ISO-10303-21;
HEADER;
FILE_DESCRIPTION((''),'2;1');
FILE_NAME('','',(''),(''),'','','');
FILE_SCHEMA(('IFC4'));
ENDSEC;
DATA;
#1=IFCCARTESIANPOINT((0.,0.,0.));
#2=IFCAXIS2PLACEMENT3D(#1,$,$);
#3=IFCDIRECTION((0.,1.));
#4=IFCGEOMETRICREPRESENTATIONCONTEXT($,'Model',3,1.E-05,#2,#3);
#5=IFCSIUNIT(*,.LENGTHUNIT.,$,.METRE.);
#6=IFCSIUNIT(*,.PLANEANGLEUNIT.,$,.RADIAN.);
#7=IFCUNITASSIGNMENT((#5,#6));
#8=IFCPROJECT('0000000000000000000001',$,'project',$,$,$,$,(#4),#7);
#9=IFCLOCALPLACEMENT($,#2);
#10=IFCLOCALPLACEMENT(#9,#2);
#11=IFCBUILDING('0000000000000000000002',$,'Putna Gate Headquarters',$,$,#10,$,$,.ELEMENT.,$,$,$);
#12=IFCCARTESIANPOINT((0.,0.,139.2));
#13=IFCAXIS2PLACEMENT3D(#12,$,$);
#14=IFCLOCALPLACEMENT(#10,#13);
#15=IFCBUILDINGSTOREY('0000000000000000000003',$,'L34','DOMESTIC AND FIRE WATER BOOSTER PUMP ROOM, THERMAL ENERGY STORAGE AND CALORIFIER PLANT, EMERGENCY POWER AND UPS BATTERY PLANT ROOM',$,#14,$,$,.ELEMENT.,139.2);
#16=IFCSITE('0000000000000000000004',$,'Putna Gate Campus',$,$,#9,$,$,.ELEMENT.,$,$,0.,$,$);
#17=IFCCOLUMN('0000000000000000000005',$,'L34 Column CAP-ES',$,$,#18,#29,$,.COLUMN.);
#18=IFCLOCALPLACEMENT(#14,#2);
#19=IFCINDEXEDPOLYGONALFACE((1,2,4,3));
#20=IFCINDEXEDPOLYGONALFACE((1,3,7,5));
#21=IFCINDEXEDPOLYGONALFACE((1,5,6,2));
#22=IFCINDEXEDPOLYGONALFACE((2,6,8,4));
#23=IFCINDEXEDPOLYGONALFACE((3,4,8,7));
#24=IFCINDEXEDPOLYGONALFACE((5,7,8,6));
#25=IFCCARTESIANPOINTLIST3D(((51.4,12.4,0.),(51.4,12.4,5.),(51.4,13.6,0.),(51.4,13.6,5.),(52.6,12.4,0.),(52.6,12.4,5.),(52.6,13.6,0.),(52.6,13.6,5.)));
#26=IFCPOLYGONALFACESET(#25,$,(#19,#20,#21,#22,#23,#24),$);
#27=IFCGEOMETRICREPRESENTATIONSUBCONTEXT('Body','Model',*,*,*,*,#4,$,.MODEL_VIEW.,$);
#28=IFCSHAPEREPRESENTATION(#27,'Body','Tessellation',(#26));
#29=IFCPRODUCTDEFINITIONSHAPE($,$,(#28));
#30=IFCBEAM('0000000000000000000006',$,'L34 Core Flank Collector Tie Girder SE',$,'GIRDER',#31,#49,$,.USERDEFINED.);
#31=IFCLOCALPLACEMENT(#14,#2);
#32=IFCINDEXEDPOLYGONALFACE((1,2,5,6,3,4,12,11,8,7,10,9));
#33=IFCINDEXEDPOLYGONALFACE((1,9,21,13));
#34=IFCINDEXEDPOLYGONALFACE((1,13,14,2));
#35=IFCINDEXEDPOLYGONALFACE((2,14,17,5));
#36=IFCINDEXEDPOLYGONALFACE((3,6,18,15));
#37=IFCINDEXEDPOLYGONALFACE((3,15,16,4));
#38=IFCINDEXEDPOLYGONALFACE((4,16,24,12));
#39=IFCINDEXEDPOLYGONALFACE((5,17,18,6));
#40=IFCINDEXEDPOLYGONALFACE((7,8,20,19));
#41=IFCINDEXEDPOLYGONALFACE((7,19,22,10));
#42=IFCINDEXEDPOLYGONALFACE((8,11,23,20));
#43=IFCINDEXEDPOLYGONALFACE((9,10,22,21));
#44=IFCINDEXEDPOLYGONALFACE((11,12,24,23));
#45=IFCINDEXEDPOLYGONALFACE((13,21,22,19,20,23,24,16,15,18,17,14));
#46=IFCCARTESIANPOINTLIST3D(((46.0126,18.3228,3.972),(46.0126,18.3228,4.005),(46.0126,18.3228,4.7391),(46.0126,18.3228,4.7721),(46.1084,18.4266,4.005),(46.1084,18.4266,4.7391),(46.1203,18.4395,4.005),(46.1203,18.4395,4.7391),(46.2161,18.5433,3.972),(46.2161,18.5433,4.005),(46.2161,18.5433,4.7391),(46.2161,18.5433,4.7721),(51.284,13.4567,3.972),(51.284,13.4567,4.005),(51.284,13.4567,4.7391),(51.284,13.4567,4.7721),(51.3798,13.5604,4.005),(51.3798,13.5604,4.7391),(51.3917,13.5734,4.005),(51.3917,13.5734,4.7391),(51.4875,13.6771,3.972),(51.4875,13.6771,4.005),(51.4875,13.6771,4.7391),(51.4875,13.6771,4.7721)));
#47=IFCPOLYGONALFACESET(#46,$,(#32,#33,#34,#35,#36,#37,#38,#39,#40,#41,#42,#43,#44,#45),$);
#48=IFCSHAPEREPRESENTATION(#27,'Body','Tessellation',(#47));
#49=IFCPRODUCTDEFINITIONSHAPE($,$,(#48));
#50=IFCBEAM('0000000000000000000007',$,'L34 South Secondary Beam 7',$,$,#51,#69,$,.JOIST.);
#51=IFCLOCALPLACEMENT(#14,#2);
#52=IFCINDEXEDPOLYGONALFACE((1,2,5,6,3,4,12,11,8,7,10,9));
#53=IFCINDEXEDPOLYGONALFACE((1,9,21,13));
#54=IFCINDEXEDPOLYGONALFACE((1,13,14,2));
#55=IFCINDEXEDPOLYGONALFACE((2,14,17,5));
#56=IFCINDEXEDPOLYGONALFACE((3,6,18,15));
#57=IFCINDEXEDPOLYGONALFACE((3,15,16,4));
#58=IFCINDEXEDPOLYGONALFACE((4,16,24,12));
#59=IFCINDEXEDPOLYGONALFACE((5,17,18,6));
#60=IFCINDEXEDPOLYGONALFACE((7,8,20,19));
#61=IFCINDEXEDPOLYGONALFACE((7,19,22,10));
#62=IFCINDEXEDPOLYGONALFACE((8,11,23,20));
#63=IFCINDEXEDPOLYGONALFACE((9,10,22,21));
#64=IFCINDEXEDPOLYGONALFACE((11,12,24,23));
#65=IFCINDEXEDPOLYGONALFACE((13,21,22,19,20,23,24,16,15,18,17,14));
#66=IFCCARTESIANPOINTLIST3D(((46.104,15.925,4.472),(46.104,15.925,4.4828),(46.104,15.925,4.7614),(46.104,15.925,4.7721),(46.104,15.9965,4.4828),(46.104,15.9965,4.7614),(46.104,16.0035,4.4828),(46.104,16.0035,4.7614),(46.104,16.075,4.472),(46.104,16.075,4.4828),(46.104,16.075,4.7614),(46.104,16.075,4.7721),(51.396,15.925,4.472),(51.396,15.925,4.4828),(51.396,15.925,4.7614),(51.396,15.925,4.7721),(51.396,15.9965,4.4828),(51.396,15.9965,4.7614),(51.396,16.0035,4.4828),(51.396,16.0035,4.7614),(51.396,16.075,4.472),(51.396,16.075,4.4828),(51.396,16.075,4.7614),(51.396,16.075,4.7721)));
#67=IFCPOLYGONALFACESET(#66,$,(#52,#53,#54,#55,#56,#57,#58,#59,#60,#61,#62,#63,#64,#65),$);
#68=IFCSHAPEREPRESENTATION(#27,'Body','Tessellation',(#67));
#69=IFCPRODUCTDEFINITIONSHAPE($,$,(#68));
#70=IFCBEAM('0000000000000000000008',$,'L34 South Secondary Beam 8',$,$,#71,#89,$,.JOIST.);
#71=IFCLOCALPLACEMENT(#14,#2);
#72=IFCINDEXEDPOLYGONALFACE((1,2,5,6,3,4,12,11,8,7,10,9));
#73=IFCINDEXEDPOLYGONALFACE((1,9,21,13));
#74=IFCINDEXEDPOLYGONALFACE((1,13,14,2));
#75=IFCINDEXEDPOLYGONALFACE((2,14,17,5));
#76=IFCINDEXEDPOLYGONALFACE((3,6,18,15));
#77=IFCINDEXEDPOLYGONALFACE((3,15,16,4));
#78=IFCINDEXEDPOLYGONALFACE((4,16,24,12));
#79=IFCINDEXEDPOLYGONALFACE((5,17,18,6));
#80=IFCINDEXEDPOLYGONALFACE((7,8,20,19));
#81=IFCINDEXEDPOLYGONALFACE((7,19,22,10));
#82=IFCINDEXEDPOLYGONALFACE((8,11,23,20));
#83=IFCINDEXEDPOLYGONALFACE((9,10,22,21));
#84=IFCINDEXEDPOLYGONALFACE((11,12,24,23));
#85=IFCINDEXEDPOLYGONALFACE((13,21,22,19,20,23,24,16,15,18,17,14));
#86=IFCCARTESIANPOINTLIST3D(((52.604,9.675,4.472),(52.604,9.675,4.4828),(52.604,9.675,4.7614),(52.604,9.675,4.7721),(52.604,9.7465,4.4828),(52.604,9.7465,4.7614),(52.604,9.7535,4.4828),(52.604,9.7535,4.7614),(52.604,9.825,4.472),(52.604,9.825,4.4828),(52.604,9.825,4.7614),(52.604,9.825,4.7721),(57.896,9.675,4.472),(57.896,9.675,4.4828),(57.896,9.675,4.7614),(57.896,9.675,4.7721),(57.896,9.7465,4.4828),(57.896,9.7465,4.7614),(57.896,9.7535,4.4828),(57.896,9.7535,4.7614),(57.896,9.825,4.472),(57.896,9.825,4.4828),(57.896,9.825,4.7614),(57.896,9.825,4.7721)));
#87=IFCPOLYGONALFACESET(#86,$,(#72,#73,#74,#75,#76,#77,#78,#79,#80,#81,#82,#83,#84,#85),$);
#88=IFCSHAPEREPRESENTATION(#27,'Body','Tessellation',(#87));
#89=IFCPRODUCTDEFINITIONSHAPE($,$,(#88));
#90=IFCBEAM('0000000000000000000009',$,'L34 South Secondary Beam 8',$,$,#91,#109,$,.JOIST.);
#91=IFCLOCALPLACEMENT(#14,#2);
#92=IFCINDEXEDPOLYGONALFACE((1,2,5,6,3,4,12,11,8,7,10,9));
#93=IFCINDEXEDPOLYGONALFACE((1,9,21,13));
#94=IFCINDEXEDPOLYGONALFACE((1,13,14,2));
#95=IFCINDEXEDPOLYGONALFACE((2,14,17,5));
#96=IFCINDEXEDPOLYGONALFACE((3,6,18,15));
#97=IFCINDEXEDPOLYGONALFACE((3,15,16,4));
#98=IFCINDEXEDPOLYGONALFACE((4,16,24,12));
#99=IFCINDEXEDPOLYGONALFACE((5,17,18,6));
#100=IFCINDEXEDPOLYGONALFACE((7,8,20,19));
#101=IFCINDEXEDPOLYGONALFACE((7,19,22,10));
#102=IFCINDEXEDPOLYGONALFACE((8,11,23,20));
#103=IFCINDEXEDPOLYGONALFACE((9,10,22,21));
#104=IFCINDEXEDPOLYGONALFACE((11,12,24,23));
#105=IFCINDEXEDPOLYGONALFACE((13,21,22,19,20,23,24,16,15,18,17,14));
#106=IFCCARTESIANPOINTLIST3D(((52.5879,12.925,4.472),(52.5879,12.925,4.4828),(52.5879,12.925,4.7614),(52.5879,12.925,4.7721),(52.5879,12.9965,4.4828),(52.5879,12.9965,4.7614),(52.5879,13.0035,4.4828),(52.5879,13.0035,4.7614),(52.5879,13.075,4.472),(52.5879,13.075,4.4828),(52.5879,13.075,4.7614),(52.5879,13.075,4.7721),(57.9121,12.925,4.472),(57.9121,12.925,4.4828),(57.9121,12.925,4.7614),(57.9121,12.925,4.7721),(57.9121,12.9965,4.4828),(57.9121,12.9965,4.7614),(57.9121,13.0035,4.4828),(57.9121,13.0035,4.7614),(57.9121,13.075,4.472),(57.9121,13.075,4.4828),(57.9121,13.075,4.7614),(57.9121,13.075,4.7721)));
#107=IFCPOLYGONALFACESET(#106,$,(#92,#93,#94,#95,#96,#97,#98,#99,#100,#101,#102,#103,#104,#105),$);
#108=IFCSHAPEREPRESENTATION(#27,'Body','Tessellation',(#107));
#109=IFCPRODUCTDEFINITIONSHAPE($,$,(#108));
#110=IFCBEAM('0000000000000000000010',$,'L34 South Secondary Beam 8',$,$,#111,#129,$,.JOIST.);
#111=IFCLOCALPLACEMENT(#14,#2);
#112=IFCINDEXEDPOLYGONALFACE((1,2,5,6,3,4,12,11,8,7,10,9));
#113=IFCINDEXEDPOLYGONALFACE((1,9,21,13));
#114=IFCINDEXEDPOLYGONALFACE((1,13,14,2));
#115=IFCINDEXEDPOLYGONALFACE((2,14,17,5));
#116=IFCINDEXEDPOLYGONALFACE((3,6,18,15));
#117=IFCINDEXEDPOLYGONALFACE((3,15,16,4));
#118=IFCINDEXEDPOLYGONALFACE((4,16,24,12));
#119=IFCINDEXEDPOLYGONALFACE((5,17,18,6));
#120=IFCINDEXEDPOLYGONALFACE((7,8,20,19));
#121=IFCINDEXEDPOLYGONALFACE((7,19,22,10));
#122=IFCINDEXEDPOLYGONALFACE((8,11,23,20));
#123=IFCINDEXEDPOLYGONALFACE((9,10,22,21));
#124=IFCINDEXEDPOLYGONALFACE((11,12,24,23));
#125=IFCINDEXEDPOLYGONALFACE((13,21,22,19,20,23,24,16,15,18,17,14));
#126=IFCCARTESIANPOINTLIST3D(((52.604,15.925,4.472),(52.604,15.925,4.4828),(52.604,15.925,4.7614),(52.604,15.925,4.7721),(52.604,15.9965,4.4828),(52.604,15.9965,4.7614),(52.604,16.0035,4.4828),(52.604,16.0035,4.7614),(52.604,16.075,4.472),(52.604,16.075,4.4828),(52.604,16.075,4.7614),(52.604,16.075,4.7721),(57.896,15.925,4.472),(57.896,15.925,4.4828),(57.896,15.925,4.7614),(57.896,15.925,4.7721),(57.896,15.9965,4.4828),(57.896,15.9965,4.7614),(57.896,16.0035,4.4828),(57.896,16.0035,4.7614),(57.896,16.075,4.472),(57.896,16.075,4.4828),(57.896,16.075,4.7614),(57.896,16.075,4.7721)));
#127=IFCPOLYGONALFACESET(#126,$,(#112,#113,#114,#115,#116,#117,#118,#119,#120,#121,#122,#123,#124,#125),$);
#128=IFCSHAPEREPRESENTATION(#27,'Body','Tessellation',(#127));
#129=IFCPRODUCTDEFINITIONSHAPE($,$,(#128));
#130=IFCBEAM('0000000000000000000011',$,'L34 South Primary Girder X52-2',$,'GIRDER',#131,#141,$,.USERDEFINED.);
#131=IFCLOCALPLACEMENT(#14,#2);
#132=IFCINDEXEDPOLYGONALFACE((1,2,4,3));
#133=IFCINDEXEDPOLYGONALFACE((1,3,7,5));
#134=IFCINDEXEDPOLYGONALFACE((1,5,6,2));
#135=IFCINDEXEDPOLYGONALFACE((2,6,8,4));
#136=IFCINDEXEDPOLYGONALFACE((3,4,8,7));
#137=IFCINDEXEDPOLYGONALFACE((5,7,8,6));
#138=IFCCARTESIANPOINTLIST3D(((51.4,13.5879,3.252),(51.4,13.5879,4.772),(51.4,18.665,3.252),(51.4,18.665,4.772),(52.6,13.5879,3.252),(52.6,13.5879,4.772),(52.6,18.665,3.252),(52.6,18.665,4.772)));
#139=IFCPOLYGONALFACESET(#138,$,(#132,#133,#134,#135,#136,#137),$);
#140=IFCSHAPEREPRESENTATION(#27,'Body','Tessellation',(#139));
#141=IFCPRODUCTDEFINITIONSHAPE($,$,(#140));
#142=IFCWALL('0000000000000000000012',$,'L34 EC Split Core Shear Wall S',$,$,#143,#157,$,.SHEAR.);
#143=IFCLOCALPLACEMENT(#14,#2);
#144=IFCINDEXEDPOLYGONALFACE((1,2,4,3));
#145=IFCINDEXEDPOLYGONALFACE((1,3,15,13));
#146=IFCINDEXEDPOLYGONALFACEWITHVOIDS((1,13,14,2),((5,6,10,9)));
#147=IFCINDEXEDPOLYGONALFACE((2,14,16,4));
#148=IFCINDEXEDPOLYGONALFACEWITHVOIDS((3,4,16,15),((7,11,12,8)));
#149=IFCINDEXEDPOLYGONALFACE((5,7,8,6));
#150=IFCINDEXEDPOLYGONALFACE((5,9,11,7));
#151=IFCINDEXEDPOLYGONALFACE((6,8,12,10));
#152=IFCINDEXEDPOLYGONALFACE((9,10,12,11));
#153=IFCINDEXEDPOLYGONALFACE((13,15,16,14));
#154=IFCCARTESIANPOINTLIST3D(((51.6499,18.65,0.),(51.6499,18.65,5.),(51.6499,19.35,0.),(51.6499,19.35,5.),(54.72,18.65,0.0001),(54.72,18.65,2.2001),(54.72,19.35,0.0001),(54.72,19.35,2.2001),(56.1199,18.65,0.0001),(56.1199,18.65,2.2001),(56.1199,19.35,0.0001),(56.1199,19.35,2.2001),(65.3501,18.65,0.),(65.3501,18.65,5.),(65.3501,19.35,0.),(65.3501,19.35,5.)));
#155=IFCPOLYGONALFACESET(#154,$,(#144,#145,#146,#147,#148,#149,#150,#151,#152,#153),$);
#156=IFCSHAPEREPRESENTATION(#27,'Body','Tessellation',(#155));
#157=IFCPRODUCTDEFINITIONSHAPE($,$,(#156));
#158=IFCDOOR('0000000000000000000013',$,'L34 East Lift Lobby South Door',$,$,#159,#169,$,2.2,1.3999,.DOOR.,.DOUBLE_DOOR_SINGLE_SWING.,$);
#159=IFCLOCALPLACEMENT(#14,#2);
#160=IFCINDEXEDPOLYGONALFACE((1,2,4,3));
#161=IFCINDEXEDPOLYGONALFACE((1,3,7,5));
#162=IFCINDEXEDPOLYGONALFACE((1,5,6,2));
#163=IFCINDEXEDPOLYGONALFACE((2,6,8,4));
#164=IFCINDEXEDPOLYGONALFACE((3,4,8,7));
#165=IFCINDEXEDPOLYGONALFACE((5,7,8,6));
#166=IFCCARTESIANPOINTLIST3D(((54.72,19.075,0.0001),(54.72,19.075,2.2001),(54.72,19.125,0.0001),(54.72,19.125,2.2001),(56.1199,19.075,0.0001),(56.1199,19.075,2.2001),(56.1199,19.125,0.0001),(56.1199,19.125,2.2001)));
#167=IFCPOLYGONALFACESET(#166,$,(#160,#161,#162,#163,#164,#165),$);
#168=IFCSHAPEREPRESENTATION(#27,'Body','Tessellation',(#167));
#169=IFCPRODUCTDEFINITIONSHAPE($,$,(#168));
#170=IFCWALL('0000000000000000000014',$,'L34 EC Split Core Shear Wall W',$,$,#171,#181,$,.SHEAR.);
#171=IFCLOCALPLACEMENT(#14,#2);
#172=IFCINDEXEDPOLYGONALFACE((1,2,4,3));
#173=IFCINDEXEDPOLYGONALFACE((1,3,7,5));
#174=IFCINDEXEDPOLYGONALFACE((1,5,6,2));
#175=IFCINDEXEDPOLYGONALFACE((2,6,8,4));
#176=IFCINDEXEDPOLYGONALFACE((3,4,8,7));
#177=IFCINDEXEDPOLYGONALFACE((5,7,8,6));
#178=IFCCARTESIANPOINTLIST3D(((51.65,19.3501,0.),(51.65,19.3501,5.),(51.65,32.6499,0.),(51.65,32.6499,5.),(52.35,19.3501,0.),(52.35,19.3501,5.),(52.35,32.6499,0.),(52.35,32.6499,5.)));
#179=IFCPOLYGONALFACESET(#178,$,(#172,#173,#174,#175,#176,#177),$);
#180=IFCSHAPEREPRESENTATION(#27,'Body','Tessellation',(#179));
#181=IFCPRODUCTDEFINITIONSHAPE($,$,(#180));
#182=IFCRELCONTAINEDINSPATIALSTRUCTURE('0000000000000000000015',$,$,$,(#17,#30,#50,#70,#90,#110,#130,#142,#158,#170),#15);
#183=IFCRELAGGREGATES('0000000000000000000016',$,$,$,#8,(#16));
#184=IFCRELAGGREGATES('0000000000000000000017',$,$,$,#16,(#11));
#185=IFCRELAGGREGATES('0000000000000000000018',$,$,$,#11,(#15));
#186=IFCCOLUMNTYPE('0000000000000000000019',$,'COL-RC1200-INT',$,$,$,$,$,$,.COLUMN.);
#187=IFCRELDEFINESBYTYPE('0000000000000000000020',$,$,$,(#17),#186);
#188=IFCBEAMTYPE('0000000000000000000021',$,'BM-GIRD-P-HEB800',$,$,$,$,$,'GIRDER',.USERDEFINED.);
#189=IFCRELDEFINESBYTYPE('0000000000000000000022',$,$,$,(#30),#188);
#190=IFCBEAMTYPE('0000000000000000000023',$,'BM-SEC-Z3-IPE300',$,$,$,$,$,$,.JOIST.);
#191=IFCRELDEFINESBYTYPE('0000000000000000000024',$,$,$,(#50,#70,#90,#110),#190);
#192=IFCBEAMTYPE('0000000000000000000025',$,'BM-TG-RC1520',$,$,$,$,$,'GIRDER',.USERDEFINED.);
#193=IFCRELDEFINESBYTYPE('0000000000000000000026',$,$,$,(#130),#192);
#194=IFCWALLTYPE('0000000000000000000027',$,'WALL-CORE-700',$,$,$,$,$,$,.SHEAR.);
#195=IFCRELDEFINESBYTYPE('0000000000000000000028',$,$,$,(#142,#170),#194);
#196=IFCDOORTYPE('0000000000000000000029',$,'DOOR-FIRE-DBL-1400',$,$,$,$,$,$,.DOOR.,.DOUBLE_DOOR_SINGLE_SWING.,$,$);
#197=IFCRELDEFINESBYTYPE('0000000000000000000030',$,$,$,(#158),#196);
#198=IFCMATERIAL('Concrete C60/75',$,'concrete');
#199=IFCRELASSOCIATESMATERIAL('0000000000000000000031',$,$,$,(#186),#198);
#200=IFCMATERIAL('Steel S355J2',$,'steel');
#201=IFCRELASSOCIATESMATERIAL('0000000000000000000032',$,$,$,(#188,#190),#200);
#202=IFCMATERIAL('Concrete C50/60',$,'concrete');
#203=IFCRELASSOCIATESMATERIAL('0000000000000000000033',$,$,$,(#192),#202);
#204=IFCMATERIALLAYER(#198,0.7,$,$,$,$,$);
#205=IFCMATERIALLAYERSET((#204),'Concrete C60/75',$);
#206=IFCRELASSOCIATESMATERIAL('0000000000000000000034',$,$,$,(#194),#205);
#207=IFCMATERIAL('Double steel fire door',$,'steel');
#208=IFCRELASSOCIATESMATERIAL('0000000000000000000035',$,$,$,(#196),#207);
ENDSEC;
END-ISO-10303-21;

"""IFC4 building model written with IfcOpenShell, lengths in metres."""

from ifc_helpers import new_model, si_unit, direction, frame, frame_2d, origin, origin_2d, place, context, subcontext, project, spatial, rectangle, i_section, extrude, material, layer, layer_set, material_profile, profile_set, type_object, element, fill, save


model = new_model("IFC4")

# Units and contexts
model_context = context("Model", 3, precision=1e-05, world=origin(), true_north=direction((0.0, 1.0)))
body_context = subcontext(model_context, "Body", "Model", "MODEL_VIEW")
ifc_project = project(units=[si_unit("LENGTHUNIT", "METRE"), si_unit("PLANEANGLEUNIT", "RADIAN")], contexts=[model_context])

# Site, building, storey
site_placement = place(None, origin())
site = spatial("IfcSite", under=ifc_project, at=site_placement, Name="Putna Gate Campus", CompositionType="ELEMENT", RefElevation=0.0)
building_placement = place(site_placement, origin())
building = spatial("IfcBuilding", under=site, at=building_placement, Name="Putna Gate Headquarters", CompositionType="ELEMENT")
storey_placement = place(building_placement, frame((0.0, 0.0, 139.2)))
storey = spatial("IfcBuildingStorey", under=building, at=storey_placement, Name="L34", Description="DOMESTIC AND FIRE WATER BOOSTER PUMP ROOM, THERMAL ENERGY STORAGE AND CALORIFIER PLANT, EMERGENCY POWER AND UPS BATTERY PLANT ROOM", CompositionType="ELEMENT", Elevation=139.2)

# Column
ifc_material_1 = material(Name="Concrete C60/75", Category="concrete")
ifc_material_profile_1 = material_profile(ifc_material_1, rectangle(XDim=1.2, YDim=1.2, at=origin_2d()), Name="Concrete C60/75")
ifc_profile_set_1 = profile_set([ifc_material_profile_1], Name="Concrete C60/75")
column_type = type_object("IfcColumnType", Name="COL-RC1200-INT", PredefinedType="COLUMN", material=ifc_profile_set_1)
column_placement = place(storey_placement, frame((52.0, 13.0, 0.0), z_axis=(0.0, 0.0, 1.0), x_axis=(1.0, 0.0, 0.0)))
element("IfcColumn", 1, at=column_placement, inside=storey, type_object=column_type, Name="L34 Column CAP-ES", PredefinedType="COLUMN", context=body_context, shape_type="SweptSolid", body=[
    extrude(rectangle(XDim=1.2, YDim=1.2, at=origin_2d()), origin(), (0.0, 0.0, 1.0), 5.0),
])

# Beams
ifc_material_2 = material(Name="Steel S355J2", Category="steel")
ifc_material_profile_2 = material_profile(ifc_material_2, i_section(OverallWidth=0.3, OverallDepth=0.8, WebThickness=0.0176, FlangeThickness=0.033, at=origin_2d()), Name="Steel S355J2")
ifc_profile_set_2 = profile_set([ifc_material_profile_2], Name="Steel S355J2")
beam_type_1 = type_object("IfcBeamType", Name="BM-GIRD-P-HEB800", ElementType="GIRDER", PredefinedType="USERDEFINED", material=ifc_profile_set_2)
beam_1_placement = place(storey_placement, frame((51.3857, 13.5669, 4.3721), z_axis=(-0.734788, 0.678297, 0.0), x_axis=(-0.678297, -0.734788, 0.0)))
element("IfcBeam", 2, at=beam_1_placement, inside=storey, type_object=beam_type_1, Name="L34 Core Flank Collector Tie Girder SE", ObjectType="GIRDER", PredefinedType="USERDEFINED", context=body_context, shape_type="SweptSolid", body=[
    extrude(i_section(OverallWidth=0.3, OverallDepth=0.8, WebThickness=0.0176, FlangeThickness=0.033, at=origin_2d()), origin(), (0.0, 0.0, 1.0), 7.1741),
])
ifc_material_profile_3 = material_profile(ifc_material_2, i_section(OverallWidth=0.1499, OverallDepth=0.3, WebThickness=0.0071, FlangeThickness=0.0107, at=origin_2d()), Name="Steel S355J2")
ifc_profile_set_3 = profile_set([ifc_material_profile_3], Name="Steel S355J2")
beam_type_2 = type_object("IfcBeamType", Name="BM-SEC-Z3-IPE300", PredefinedType="JOIST", material=ifc_profile_set_3)
for number, where, z_axis, x_axis, name in (
    (3, (46.104, 16.0, 4.6221), (1.0, 0.0, 0.0), (0.0, 1.0, 0.0), "L34 South Secondary Beam 7"),
    (4, (52.604, 9.75, 4.6221), (1.0, 0.0, 0.0), (0.0, 1.0, 0.0), "L34 South Secondary Beam 8"),
):
    element("IfcBeam", number, at=place(storey_placement, frame(where, z_axis=z_axis, x_axis=x_axis)), inside=storey, type_object=beam_type_2, Name=name, PredefinedType="JOIST", context=body_context, shape_type="SweptSolid", body=[
        extrude(i_section(OverallWidth=0.1499, OverallDepth=0.3, WebThickness=0.0071, FlangeThickness=0.0107, at=origin_2d()), origin(), (0.0, 0.0, 1.0), 5.292),
    ])
beam_2_placement = place(storey_placement, frame((52.5879, 13.0, 4.6221), z_axis=(1.0, 0.0, 0.0), x_axis=(0.0, 1.0, 0.0)))
element("IfcBeam", 5, at=beam_2_placement, inside=storey, type_object=beam_type_2, Name="L34 South Secondary Beam 8", PredefinedType="JOIST", context=body_context, shape_type="SweptSolid", body=[
    extrude(i_section(OverallWidth=0.1499, OverallDepth=0.3, WebThickness=0.0071, FlangeThickness=0.0107, at=origin_2d()), origin(), (0.0, 0.0, 1.0), 5.3242),
])
beam_3_placement = place(storey_placement, frame((52.604, 16.0, 4.6221), z_axis=(1.0, 0.0, 0.0), x_axis=(0.0, 1.0, 0.0)))
element("IfcBeam", 6, at=beam_3_placement, inside=storey, type_object=beam_type_2, Name="L34 South Secondary Beam 8", PredefinedType="JOIST", context=body_context, shape_type="SweptSolid", body=[
    extrude(i_section(OverallWidth=0.1499, OverallDepth=0.3, WebThickness=0.0071, FlangeThickness=0.0107, at=origin_2d()), origin(), (0.0, 0.0, 1.0), 5.292),
])
ifc_material_3 = material(Name="Concrete C50/60", Category="concrete")
ifc_material_profile_4 = material_profile(ifc_material_3, rectangle(XDim=1.2, YDim=1.52, at=origin_2d()), Name="Concrete C50/60")
ifc_profile_set_4 = profile_set([ifc_material_profile_4], Name="Concrete C50/60")
beam_type_3 = type_object("IfcBeamType", Name="BM-TG-RC1520", ElementType="GIRDER", PredefinedType="USERDEFINED", material=ifc_profile_set_4)
beam_4_placement = place(storey_placement, frame((52.0, 13.5879, 4.012), z_axis=(0.0, 1.0, 0.0), x_axis=(-1.0, 0.0, 0.0)))
element("IfcBeam", 7, at=beam_4_placement, inside=storey, type_object=beam_type_3, Name="L34 South Primary Girder X52-2", ObjectType="GIRDER", PredefinedType="USERDEFINED", context=body_context, shape_type="SweptSolid", body=[
    extrude(rectangle(XDim=1.2, YDim=1.52, at=origin_2d()), origin(), (0.0, 0.0, 1.0), 5.0771),
])

# Wall, opening, door
ifc_layer_1 = layer(ifc_material_1, 0.7)
ifc_layer_set_1 = layer_set([ifc_layer_1], Name="Concrete C60/75")
wall_type_1 = type_object("IfcWallType", Name="WALL-CORE-700", PredefinedType="SHEAR", material=ifc_layer_set_1)
wall_1_placement = place(storey_placement, frame((51.6499, 19.0, 0.0), z_axis=(0.0, 0.0, 1.0), x_axis=(1.0, 0.0, 0.0)))
wall_1 = element("IfcWall", 8, at=wall_1_placement, inside=storey, type_object=wall_type_1, Name="L34 EC Split Core Shear Wall S", PredefinedType="SHEAR", context=body_context, shape_type="SweptSolid", body=[
    extrude(rectangle(XDim=13.7002, YDim=0.7, at=frame_2d((6.8501, 0.0))), origin(), (0.0, 0.0, 1.0), 5.0),
])
opening_1_placement = place(wall_1_placement, frame((3.0701, 0.0, 0.0)))
opening_1 = element("IfcOpeningElement", 9, at=opening_1_placement, cuts=wall_1, PredefinedType="OPENING", context=body_context, shape_type="SweptSolid", body=[
    extrude(rectangle(XDim=1.3999, YDim=2.2, at=frame_2d((0.7, 1.1001))), frame((0.0, 0.3599, 0.0), z_axis=(0.0, -1.0, 0.0), x_axis=(1.0, 0.0, 0.0)), (0.0, 0.0, 1.0), 0.72),
])
ifc_material_4 = material(Name="Double steel fire door", Category="steel")
door_type_1 = type_object("IfcDoorType", Name="DOOR-FIRE-DBL-1400", OperationType="DOUBLE_DOOR_SINGLE_SWING", PredefinedType="DOOR", material=ifc_material_4)
door_1_placement = place(opening_1_placement, origin())
door_1 = element("IfcDoor", 10, at=door_1_placement, inside=storey, type_object=door_type_1, Name="L34 East Lift Lobby South Door", OperationType="DOUBLE_DOOR_SINGLE_SWING", OverallHeight=2.2, OverallWidth=1.3999, PredefinedType="DOOR", context=body_context, shape_type="SweptSolid", body=[
    extrude(rectangle(XDim=1.3999, YDim=2.2, at=frame_2d((0.7, 1.1001))), frame((0.0, 0.125, 0.0), z_axis=(0.0, -1.0, 0.0), x_axis=(1.0, 0.0, 0.0)), (0.0, 0.0, 1.0), 0.05),
])
fill(opening_1, door_1)

# Wall
wall_2_placement = place(storey_placement, frame((52.0, 19.3501, 0.0), z_axis=(0.0, 0.0, 1.0), x_axis=(0.0, 1.0, 0.0)))
element("IfcWall", 11, at=wall_2_placement, inside=storey, type_object=wall_type_1, Name="L34 EC Split Core Shear Wall W", PredefinedType="SHEAR", context=body_context, shape_type="SweptSolid", body=[
    extrude(rectangle(XDim=13.2998, YDim=0.7, at=frame_2d((6.6499, 0.0))), origin(), (0.0, 0.0, 1.0), 5.0),
])

save(model, "model.ifc")
